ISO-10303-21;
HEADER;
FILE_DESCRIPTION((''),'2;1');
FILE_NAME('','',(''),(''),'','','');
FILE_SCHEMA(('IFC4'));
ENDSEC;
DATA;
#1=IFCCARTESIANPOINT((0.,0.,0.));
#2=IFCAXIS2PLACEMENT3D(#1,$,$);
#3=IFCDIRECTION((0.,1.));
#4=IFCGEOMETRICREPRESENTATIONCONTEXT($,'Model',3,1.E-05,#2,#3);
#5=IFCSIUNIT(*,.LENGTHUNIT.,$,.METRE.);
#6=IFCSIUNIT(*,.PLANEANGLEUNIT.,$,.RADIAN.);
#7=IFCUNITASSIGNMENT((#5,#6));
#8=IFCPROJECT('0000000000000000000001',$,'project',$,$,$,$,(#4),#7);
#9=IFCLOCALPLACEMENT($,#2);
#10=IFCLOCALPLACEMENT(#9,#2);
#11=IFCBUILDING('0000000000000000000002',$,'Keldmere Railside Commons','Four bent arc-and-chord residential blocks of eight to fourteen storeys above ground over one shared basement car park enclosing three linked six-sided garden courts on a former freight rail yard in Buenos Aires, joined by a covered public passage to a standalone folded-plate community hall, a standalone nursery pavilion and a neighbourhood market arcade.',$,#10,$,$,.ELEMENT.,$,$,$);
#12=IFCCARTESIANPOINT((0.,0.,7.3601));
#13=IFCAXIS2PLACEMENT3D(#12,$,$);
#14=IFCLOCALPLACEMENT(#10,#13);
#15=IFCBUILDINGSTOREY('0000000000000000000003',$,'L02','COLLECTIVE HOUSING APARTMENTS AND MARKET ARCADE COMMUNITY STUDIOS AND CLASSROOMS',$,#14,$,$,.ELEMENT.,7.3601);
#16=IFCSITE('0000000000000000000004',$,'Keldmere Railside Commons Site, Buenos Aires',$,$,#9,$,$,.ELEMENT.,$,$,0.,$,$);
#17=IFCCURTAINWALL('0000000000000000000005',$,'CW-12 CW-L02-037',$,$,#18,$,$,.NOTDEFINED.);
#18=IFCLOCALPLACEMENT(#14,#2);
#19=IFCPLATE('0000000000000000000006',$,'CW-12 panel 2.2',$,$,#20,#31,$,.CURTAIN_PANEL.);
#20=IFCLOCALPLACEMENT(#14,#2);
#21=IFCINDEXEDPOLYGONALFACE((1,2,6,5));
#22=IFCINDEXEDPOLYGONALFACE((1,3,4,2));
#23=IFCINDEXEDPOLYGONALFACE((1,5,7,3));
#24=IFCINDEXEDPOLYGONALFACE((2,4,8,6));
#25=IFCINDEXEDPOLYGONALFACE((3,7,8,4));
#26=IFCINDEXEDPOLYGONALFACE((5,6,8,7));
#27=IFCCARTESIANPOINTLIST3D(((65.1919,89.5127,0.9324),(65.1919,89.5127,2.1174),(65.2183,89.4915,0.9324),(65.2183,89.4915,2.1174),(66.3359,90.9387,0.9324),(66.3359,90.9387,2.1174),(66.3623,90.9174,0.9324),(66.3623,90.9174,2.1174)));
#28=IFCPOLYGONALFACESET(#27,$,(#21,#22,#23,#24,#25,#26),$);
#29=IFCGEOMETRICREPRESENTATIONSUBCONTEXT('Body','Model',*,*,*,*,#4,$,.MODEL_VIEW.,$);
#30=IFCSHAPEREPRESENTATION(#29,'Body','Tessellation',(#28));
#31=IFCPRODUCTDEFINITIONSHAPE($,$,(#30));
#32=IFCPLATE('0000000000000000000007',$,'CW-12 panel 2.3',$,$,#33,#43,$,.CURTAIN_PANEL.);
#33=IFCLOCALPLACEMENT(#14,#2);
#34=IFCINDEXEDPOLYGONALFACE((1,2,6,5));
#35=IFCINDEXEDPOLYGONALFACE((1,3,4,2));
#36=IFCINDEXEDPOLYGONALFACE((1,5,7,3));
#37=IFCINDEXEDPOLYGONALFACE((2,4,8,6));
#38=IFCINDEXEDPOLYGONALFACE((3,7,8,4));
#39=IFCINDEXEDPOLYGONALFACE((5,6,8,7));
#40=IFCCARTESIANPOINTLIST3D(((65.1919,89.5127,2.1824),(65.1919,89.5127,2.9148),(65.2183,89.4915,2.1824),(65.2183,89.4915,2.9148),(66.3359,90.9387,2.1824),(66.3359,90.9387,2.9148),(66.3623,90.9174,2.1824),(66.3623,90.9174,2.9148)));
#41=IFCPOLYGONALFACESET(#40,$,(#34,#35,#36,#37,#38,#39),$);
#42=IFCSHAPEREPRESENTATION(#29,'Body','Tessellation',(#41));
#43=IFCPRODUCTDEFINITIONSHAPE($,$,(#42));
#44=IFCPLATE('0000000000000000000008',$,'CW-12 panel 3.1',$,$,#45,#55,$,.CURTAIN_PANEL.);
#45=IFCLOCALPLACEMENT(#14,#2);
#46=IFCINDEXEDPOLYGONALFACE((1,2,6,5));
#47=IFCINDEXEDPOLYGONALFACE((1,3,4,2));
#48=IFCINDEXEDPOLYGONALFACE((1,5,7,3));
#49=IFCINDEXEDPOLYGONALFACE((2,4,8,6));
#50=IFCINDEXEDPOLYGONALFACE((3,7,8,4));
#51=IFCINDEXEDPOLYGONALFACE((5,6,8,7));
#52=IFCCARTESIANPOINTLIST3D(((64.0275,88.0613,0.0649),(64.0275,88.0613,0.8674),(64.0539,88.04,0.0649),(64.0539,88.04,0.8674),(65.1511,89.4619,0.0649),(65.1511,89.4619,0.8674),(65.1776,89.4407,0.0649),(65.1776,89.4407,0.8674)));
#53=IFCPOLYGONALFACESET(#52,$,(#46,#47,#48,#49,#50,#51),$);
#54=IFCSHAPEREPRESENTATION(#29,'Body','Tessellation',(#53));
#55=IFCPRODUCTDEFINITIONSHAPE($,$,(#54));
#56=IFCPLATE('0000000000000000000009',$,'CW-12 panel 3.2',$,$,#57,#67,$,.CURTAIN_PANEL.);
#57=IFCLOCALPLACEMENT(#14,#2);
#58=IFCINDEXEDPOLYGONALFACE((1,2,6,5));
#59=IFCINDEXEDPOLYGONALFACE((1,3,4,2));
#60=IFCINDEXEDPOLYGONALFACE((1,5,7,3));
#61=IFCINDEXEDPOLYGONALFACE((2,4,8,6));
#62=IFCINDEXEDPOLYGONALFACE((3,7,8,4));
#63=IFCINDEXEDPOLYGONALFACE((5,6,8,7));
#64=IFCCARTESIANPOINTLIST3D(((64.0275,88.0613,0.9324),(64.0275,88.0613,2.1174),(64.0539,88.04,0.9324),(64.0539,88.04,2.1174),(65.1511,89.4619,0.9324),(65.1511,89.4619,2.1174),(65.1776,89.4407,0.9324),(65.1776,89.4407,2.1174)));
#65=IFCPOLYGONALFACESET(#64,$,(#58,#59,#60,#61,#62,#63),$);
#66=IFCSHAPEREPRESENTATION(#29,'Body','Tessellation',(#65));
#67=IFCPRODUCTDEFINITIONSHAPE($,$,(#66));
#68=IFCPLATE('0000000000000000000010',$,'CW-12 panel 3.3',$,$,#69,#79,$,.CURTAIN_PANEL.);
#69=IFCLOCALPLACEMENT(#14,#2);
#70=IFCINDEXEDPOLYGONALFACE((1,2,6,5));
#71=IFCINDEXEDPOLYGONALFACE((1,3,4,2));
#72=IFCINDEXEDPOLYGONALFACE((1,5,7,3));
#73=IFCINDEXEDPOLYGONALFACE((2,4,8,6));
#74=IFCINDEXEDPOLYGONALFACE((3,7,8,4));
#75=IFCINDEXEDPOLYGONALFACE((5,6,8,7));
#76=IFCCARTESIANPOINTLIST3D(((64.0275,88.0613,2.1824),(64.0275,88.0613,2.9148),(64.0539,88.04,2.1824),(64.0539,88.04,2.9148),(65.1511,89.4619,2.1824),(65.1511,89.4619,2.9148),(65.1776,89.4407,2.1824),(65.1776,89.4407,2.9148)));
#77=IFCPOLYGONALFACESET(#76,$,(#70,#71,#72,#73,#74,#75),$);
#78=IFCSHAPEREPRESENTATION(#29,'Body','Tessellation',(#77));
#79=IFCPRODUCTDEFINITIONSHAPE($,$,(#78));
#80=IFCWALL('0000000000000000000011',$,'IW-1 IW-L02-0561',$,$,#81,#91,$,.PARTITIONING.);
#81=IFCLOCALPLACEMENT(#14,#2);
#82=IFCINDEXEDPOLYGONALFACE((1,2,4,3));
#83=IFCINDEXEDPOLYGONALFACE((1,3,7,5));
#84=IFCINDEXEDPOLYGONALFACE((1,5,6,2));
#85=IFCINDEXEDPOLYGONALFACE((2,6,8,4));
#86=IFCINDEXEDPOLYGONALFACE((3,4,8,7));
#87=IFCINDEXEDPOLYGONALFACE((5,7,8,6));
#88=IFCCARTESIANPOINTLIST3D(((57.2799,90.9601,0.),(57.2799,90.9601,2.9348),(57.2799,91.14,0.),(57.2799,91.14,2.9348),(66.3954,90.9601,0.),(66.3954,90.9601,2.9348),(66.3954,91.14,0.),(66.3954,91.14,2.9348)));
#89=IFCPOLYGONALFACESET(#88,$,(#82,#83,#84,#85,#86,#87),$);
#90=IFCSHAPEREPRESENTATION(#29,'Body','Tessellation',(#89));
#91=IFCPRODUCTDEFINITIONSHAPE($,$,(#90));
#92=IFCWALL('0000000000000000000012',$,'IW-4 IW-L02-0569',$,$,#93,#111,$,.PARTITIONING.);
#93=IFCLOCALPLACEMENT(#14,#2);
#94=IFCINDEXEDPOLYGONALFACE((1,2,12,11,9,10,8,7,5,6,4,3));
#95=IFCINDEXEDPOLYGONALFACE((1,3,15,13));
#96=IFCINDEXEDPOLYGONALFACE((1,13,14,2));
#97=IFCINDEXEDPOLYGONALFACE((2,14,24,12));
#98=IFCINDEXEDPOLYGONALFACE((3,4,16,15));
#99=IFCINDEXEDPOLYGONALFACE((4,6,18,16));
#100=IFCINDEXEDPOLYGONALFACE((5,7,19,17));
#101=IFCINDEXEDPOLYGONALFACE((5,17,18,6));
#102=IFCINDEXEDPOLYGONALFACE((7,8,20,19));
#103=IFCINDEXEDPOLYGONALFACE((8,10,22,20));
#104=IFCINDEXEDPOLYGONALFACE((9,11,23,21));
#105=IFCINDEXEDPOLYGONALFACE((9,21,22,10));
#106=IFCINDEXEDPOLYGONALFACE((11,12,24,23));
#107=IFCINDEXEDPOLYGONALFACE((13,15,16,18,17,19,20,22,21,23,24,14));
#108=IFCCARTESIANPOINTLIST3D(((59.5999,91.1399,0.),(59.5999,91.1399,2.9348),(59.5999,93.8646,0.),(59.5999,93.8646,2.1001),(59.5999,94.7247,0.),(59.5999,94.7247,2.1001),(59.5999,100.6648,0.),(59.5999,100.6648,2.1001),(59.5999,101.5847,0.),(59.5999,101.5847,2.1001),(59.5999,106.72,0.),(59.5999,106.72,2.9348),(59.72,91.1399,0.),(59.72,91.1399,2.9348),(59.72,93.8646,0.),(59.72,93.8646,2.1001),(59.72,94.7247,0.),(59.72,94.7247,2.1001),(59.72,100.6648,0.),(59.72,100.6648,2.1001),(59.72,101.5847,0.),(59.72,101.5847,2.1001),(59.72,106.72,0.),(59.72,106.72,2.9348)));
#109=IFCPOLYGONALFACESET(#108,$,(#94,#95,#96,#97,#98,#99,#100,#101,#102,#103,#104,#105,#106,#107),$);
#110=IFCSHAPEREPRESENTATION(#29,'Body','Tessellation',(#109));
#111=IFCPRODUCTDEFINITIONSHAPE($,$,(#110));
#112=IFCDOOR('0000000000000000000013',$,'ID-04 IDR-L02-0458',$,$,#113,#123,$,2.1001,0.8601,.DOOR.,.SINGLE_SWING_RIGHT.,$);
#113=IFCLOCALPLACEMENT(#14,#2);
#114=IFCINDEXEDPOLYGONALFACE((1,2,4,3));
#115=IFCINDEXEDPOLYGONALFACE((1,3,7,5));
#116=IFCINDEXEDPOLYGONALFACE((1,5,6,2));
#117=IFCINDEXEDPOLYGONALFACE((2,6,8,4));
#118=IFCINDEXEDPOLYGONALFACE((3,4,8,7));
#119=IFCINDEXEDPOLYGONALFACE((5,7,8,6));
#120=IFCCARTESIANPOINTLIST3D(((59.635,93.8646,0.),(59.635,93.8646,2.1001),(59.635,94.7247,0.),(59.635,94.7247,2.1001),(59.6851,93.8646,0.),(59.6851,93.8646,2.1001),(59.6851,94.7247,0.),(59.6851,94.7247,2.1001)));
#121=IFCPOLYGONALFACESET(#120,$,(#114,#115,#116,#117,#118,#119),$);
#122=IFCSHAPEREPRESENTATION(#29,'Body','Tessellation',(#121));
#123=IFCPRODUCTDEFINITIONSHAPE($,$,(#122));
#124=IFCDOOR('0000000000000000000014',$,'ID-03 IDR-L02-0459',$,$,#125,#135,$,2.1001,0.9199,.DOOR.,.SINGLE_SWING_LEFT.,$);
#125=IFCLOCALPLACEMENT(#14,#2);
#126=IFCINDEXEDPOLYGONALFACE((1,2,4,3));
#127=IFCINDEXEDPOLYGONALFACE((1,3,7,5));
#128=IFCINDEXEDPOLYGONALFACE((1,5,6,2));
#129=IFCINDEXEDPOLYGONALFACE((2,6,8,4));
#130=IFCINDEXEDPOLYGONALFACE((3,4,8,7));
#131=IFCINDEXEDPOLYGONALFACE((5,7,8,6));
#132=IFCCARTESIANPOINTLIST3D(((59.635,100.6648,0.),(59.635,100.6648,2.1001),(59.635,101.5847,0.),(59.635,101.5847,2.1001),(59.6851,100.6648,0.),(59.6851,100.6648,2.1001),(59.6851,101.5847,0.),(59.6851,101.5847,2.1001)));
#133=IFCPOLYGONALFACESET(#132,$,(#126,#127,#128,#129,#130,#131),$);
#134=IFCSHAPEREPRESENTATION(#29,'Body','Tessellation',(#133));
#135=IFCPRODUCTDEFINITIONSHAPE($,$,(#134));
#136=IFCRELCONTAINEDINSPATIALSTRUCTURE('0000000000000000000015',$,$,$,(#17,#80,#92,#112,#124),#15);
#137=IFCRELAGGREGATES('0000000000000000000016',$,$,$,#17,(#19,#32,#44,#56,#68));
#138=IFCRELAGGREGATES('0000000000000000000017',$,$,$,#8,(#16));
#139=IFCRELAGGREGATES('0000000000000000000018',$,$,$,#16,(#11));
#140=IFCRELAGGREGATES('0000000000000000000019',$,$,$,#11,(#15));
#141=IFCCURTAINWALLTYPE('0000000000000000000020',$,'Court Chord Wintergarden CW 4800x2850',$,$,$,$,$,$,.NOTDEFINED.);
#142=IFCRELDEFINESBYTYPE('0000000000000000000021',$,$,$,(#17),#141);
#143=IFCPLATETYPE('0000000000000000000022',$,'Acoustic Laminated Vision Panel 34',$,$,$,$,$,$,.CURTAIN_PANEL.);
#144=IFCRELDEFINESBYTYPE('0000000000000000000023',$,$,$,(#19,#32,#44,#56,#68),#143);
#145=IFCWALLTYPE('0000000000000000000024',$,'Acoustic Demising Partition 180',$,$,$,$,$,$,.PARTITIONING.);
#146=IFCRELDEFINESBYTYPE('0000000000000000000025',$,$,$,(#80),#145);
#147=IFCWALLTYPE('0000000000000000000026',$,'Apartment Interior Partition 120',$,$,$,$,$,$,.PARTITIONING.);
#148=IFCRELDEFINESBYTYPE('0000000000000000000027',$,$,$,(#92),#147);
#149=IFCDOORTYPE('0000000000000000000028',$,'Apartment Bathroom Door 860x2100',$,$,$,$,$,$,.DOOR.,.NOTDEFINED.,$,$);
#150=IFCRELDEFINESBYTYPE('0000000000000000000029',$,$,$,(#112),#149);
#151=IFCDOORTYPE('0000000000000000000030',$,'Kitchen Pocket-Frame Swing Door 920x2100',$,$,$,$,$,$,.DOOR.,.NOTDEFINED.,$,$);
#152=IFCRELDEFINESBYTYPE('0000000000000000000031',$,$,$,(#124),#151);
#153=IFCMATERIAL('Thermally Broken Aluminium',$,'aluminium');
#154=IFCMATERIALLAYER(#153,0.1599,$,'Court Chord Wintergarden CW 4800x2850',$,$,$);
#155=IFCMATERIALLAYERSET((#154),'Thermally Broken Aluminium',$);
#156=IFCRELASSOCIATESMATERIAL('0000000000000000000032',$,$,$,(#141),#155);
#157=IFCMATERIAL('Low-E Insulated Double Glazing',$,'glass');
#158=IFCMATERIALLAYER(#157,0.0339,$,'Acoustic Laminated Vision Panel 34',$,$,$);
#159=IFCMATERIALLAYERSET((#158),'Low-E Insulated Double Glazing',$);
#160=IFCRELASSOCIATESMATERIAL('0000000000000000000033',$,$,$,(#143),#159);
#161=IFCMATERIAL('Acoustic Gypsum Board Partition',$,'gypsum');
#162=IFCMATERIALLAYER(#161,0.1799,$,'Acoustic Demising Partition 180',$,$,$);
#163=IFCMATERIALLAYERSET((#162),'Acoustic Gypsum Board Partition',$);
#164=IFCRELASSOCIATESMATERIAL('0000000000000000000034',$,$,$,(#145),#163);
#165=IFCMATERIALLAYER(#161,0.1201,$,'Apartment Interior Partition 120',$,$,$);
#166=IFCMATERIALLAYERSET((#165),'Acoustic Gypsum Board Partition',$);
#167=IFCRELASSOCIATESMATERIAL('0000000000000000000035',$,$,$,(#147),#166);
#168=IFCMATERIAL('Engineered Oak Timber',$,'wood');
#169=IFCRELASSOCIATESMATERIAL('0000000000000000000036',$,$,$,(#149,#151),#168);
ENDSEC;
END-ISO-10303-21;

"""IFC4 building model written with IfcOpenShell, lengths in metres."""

from ifc_helpers import new_model, si_unit, direction, frame, frame_2d, origin, origin_2d, place, context, subcontext, project, spatial, rectangle, extrude, material, layer, layer_set, type_object, element, fill, aggregate, save


model = new_model("IFC4")

# Units and contexts
model_context = context("Model", 3, precision=1e-05, world=origin(), true_north=direction((0.0, 1.0)))
body_context = subcontext(model_context, "Body", "Model", "MODEL_VIEW")
ifc_project = project(units=[si_unit("LENGTHUNIT", "METRE"), si_unit("PLANEANGLEUNIT", "RADIAN")], contexts=[model_context])

# Site, building, storey
site_placement = place(None, origin())
site = spatial("IfcSite", under=ifc_project, at=site_placement, Name="Keldmere Railside Commons Site, Buenos Aires", CompositionType="ELEMENT", RefElevation=0.0)
building_placement = place(site_placement, origin())
building = spatial("IfcBuilding", under=site, at=building_placement, Name="Keldmere Railside Commons", Description="Four bent arc-and-chord residential blocks of eight to fourteen storeys above ground over one shared basement car park enclosing three linked six-sided garden courts on a former freight rail yard in Buenos Aires, joined by a covered public passage to a standalone folded-plate community hall, a standalone nursery pavilion and a neighbourhood market arcade.", CompositionType="ELEMENT")
storey_placement = place(building_placement, frame((0.0, 0.0, 7.3601)))
storey = spatial("IfcBuildingStorey", under=building, at=storey_placement, Name="L02", Description="COLLECTIVE HOUSING APARTMENTS AND MARKET ARCADE COMMUNITY STUDIOS AND CLASSROOMS", CompositionType="ELEMENT", Elevation=7.3601)

# Curtain wall, plates
ifc_material_1 = material(Name="Thermally Broken Aluminium", Category="aluminium")
ifc_layer_1 = layer(ifc_material_1, 0.1599, Name="Court Chord Wintergarden CW 4800x2850")
ifc_layer_set_1 = layer_set([ifc_layer_1], Name="Thermally Broken Aluminium")
curtain_wall_type = type_object("IfcCurtainWallType", Name="Court Chord Wintergarden CW 4800x2850", PredefinedType="NOTDEFINED", material=ifc_layer_set_1)
curtain_wall_placement = place(storey_placement, origin())
curtain_wall = element("IfcCurtainWall", 1, at=curtain_wall_placement, inside=storey, type_object=curtain_wall_type, Name="CW-12 CW-L02-037", PredefinedType="NOTDEFINED")
ifc_material_2 = material(Name="Low-E Insulated Double Glazing", Category="glass")
ifc_layer_2 = layer(ifc_material_2, 0.0339, Name="Acoustic Laminated Vision Panel 34")
ifc_layer_set_2 = layer_set([ifc_layer_2], Name="Low-E Insulated Double Glazing")
plate_type = type_object("IfcPlateType", Name="Acoustic Laminated Vision Panel 34", PredefinedType="CURTAIN_PANEL", material=ifc_layer_set_2)
plate_1_placement = place(storey_placement, frame((65.7771, 90.2151, 0.9324), z_axis=(0.0, 0.0, 1.0), x_axis=(-0.625768, -0.780009, 0.0)))
plate_1 = element("IfcPlate", 2, at=plate_1_placement, type_object=plate_type, Name="CW-12 panel 2.2", PredefinedType="CURTAIN_PANEL", context=body_context, shape_type="SweptSolid", body=[
    extrude(rectangle(XDim=1.8281, YDim=0.0339, at=origin_2d()), origin(), (0.0, 0.0, 1.0), 1.1851),
])
plate_2_placement = place(storey_placement, frame((65.7771, 90.2151, 2.1824), z_axis=(0.0, 0.0, 1.0), x_axis=(-0.625768, -0.780009, 0.0)))
plate_2 = element("IfcPlate", 3, at=plate_2_placement, type_object=plate_type, Name="CW-12 panel 2.3", PredefinedType="CURTAIN_PANEL", context=body_context, shape_type="SweptSolid", body=[
    extrude(rectangle(XDim=1.8281, YDim=0.0339, at=origin_2d()), origin(), (0.0, 0.0, 1.0), 0.7324),
])
plate_3_placement = place(storey_placement, frame((64.6025, 88.751, 0.0649), z_axis=(0.0, 0.0, 1.0), x_axis=(-0.625768, -0.780009, 0.0)))
plate_3 = element("IfcPlate", 4, at=plate_3_placement, type_object=plate_type, Name="CW-12 panel 3.1", PredefinedType="CURTAIN_PANEL", context=body_context, shape_type="SweptSolid", body=[
    extrude(rectangle(XDim=1.7957, YDim=0.0339, at=origin_2d()), origin(), (0.0, 0.0, 1.0), 0.8025),
])
plate_4_placement = place(storey_placement, frame((64.6025, 88.751, 0.9324), z_axis=(0.0, 0.0, 1.0), x_axis=(-0.625768, -0.780009, 0.0)))
plate_4 = element("IfcPlate", 5, at=plate_4_placement, type_object=plate_type, Name="CW-12 panel 3.2", PredefinedType="CURTAIN_PANEL", context=body_context, shape_type="SweptSolid", body=[
    extrude(rectangle(XDim=1.7957, YDim=0.0339, at=origin_2d()), origin(), (0.0, 0.0, 1.0), 1.1851),
])
plate_5_placement = place(storey_placement, frame((64.6025, 88.751, 2.1824), z_axis=(0.0, 0.0, 1.0), x_axis=(-0.625768, -0.780009, 0.0)))
plate_5 = element("IfcPlate", 6, at=plate_5_placement, type_object=plate_type, Name="CW-12 panel 3.3", PredefinedType="CURTAIN_PANEL", context=body_context, shape_type="SweptSolid", body=[
    extrude(rectangle(XDim=1.7957, YDim=0.0339, at=origin_2d()), origin(), (0.0, 0.0, 1.0), 0.7324),
])
aggregate(curtain_wall, [plate_1, plate_2, plate_3, plate_4, plate_5])

# Wall
ifc_material_3 = material(Name="Acoustic Gypsum Board Partition", Category="gypsum")
ifc_layer_3 = layer(ifc_material_3, 0.1799, Name="Acoustic Demising Partition 180")
ifc_layer_set_3 = layer_set([ifc_layer_3], Name="Acoustic Gypsum Board Partition")
wall_type_1 = type_object("IfcWallType", Name="Acoustic Demising Partition 180", PredefinedType="PARTITIONING", material=ifc_layer_set_3)
wall_1_placement = place(storey_placement, frame((57.28, 91.05, 0.0), z_axis=(0.0, 0.0, 1.0), x_axis=(1.0, 0.0, 0.0)))
element("IfcWall", 7, at=wall_1_placement, inside=storey, type_object=wall_type_1, Name="IW-1 IW-L02-0561", PredefinedType="PARTITIONING", context=body_context, shape_type="SweptSolid", body=[
    extrude(rectangle(XDim=9.1155, YDim=0.1799, at=frame_2d((4.5576, 0.0))), origin(), (0.0, 0.0, 1.0), 2.9348),
])

# Wall, openings, doors
ifc_layer_4 = layer(ifc_material_3, 0.1201, Name="Apartment Interior Partition 120")
ifc_layer_set_4 = layer_set([ifc_layer_4], Name="Acoustic Gypsum Board Partition")
wall_type_2 = type_object("IfcWallType", Name="Apartment Interior Partition 120", PredefinedType="PARTITIONING", material=ifc_layer_set_4)
wall_2_placement = place(storey_placement, frame((59.6599, 91.1399, 0.0), z_axis=(0.0, 0.0, 1.0), x_axis=(0.0, 1.0, 0.0)))
wall_2 = element("IfcWall", 8, at=wall_2_placement, inside=storey, type_object=wall_type_2, Name="IW-4 IW-L02-0569", PredefinedType="PARTITIONING", context=body_context, shape_type="SweptSolid", body=[
    extrude(rectangle(XDim=15.5801, YDim=0.1201, at=frame_2d((7.79, 0.0))), origin(), (0.0, 0.0, 1.0), 2.9348),
])
opening_1_placement = place(wall_2_placement, frame((2.7246, 0.0, 0.0)))
opening_1 = element("IfcOpeningElement", 9, at=opening_1_placement, cuts=wall_2, PredefinedType="OPENING", context=body_context, shape_type="SweptSolid", body=[
    extrude(rectangle(XDim=0.8601, YDim=2.1001, at=frame_2d((0.4302, 1.05))), frame((0.0, 0.0701, 0.0), z_axis=(0.0, -1.0, 0.0), x_axis=(1.0, 0.0, 0.0)), (0.0, 0.0, 1.0), 0.1401),
])
opening_2_placement = place(wall_2_placement, frame((9.5249, 0.0, 0.0)))
opening_2 = element("IfcOpeningElement", 10, at=opening_2_placement, cuts=wall_2, PredefinedType="OPENING", context=body_context, shape_type="SweptSolid", body=[
    extrude(rectangle(XDim=0.9199, YDim=2.1001, at=frame_2d((0.46, 1.05))), frame((0.0, 0.0701, 0.0), z_axis=(0.0, -1.0, 0.0), x_axis=(1.0, 0.0, 0.0)), (0.0, 0.0, 1.0), 0.1401),
])
ifc_material_4 = material(Name="Engineered Oak Timber", Category="wood")
door_type_1 = type_object("IfcDoorType", Name="Apartment Bathroom Door 860x2100", OperationType="NOTDEFINED", PredefinedType="DOOR", material=ifc_material_4)
door_1_placement = place(opening_1_placement, origin())
door_1 = element("IfcDoor", 11, at=door_1_placement, inside=storey, type_object=door_type_1, Name="ID-04 IDR-L02-0458", OperationType="SINGLE_SWING_RIGHT", OverallHeight=2.1001, OverallWidth=0.8601, PredefinedType="DOOR", context=body_context, shape_type="SweptSolid", body=[
    extrude(rectangle(XDim=0.8601, YDim=2.1001, at=frame_2d((0.4302, 1.05))), frame((0.0, 0.0249, 0.0), z_axis=(0.0, -1.0, 0.0), x_axis=(1.0, 0.0, 0.0)), (0.0, 0.0, 1.0), 0.05),
])
fill(opening_1, door_1)
door_type_2 = type_object("IfcDoorType", Name="Kitchen Pocket-Frame Swing Door 920x2100", OperationType="NOTDEFINED", PredefinedType="DOOR", material=ifc_material_4)
door_2_placement = place(opening_2_placement, origin())
door_2 = element("IfcDoor", 12, at=door_2_placement, inside=storey, type_object=door_type_2, Name="ID-03 IDR-L02-0459", OperationType="SINGLE_SWING_LEFT", OverallHeight=2.1001, OverallWidth=0.9199, PredefinedType="DOOR", context=body_context, shape_type="SweptSolid", body=[
    extrude(rectangle(XDim=0.9199, YDim=2.1001, at=frame_2d((0.46, 1.05))), frame((0.0, 0.0249, 0.0), z_axis=(0.0, -1.0, 0.0), x_axis=(1.0, 0.0, 0.0)), (0.0, 0.0, 1.0), 0.05),
])
fill(opening_2, door_2)

save(model, "model.ifc")
